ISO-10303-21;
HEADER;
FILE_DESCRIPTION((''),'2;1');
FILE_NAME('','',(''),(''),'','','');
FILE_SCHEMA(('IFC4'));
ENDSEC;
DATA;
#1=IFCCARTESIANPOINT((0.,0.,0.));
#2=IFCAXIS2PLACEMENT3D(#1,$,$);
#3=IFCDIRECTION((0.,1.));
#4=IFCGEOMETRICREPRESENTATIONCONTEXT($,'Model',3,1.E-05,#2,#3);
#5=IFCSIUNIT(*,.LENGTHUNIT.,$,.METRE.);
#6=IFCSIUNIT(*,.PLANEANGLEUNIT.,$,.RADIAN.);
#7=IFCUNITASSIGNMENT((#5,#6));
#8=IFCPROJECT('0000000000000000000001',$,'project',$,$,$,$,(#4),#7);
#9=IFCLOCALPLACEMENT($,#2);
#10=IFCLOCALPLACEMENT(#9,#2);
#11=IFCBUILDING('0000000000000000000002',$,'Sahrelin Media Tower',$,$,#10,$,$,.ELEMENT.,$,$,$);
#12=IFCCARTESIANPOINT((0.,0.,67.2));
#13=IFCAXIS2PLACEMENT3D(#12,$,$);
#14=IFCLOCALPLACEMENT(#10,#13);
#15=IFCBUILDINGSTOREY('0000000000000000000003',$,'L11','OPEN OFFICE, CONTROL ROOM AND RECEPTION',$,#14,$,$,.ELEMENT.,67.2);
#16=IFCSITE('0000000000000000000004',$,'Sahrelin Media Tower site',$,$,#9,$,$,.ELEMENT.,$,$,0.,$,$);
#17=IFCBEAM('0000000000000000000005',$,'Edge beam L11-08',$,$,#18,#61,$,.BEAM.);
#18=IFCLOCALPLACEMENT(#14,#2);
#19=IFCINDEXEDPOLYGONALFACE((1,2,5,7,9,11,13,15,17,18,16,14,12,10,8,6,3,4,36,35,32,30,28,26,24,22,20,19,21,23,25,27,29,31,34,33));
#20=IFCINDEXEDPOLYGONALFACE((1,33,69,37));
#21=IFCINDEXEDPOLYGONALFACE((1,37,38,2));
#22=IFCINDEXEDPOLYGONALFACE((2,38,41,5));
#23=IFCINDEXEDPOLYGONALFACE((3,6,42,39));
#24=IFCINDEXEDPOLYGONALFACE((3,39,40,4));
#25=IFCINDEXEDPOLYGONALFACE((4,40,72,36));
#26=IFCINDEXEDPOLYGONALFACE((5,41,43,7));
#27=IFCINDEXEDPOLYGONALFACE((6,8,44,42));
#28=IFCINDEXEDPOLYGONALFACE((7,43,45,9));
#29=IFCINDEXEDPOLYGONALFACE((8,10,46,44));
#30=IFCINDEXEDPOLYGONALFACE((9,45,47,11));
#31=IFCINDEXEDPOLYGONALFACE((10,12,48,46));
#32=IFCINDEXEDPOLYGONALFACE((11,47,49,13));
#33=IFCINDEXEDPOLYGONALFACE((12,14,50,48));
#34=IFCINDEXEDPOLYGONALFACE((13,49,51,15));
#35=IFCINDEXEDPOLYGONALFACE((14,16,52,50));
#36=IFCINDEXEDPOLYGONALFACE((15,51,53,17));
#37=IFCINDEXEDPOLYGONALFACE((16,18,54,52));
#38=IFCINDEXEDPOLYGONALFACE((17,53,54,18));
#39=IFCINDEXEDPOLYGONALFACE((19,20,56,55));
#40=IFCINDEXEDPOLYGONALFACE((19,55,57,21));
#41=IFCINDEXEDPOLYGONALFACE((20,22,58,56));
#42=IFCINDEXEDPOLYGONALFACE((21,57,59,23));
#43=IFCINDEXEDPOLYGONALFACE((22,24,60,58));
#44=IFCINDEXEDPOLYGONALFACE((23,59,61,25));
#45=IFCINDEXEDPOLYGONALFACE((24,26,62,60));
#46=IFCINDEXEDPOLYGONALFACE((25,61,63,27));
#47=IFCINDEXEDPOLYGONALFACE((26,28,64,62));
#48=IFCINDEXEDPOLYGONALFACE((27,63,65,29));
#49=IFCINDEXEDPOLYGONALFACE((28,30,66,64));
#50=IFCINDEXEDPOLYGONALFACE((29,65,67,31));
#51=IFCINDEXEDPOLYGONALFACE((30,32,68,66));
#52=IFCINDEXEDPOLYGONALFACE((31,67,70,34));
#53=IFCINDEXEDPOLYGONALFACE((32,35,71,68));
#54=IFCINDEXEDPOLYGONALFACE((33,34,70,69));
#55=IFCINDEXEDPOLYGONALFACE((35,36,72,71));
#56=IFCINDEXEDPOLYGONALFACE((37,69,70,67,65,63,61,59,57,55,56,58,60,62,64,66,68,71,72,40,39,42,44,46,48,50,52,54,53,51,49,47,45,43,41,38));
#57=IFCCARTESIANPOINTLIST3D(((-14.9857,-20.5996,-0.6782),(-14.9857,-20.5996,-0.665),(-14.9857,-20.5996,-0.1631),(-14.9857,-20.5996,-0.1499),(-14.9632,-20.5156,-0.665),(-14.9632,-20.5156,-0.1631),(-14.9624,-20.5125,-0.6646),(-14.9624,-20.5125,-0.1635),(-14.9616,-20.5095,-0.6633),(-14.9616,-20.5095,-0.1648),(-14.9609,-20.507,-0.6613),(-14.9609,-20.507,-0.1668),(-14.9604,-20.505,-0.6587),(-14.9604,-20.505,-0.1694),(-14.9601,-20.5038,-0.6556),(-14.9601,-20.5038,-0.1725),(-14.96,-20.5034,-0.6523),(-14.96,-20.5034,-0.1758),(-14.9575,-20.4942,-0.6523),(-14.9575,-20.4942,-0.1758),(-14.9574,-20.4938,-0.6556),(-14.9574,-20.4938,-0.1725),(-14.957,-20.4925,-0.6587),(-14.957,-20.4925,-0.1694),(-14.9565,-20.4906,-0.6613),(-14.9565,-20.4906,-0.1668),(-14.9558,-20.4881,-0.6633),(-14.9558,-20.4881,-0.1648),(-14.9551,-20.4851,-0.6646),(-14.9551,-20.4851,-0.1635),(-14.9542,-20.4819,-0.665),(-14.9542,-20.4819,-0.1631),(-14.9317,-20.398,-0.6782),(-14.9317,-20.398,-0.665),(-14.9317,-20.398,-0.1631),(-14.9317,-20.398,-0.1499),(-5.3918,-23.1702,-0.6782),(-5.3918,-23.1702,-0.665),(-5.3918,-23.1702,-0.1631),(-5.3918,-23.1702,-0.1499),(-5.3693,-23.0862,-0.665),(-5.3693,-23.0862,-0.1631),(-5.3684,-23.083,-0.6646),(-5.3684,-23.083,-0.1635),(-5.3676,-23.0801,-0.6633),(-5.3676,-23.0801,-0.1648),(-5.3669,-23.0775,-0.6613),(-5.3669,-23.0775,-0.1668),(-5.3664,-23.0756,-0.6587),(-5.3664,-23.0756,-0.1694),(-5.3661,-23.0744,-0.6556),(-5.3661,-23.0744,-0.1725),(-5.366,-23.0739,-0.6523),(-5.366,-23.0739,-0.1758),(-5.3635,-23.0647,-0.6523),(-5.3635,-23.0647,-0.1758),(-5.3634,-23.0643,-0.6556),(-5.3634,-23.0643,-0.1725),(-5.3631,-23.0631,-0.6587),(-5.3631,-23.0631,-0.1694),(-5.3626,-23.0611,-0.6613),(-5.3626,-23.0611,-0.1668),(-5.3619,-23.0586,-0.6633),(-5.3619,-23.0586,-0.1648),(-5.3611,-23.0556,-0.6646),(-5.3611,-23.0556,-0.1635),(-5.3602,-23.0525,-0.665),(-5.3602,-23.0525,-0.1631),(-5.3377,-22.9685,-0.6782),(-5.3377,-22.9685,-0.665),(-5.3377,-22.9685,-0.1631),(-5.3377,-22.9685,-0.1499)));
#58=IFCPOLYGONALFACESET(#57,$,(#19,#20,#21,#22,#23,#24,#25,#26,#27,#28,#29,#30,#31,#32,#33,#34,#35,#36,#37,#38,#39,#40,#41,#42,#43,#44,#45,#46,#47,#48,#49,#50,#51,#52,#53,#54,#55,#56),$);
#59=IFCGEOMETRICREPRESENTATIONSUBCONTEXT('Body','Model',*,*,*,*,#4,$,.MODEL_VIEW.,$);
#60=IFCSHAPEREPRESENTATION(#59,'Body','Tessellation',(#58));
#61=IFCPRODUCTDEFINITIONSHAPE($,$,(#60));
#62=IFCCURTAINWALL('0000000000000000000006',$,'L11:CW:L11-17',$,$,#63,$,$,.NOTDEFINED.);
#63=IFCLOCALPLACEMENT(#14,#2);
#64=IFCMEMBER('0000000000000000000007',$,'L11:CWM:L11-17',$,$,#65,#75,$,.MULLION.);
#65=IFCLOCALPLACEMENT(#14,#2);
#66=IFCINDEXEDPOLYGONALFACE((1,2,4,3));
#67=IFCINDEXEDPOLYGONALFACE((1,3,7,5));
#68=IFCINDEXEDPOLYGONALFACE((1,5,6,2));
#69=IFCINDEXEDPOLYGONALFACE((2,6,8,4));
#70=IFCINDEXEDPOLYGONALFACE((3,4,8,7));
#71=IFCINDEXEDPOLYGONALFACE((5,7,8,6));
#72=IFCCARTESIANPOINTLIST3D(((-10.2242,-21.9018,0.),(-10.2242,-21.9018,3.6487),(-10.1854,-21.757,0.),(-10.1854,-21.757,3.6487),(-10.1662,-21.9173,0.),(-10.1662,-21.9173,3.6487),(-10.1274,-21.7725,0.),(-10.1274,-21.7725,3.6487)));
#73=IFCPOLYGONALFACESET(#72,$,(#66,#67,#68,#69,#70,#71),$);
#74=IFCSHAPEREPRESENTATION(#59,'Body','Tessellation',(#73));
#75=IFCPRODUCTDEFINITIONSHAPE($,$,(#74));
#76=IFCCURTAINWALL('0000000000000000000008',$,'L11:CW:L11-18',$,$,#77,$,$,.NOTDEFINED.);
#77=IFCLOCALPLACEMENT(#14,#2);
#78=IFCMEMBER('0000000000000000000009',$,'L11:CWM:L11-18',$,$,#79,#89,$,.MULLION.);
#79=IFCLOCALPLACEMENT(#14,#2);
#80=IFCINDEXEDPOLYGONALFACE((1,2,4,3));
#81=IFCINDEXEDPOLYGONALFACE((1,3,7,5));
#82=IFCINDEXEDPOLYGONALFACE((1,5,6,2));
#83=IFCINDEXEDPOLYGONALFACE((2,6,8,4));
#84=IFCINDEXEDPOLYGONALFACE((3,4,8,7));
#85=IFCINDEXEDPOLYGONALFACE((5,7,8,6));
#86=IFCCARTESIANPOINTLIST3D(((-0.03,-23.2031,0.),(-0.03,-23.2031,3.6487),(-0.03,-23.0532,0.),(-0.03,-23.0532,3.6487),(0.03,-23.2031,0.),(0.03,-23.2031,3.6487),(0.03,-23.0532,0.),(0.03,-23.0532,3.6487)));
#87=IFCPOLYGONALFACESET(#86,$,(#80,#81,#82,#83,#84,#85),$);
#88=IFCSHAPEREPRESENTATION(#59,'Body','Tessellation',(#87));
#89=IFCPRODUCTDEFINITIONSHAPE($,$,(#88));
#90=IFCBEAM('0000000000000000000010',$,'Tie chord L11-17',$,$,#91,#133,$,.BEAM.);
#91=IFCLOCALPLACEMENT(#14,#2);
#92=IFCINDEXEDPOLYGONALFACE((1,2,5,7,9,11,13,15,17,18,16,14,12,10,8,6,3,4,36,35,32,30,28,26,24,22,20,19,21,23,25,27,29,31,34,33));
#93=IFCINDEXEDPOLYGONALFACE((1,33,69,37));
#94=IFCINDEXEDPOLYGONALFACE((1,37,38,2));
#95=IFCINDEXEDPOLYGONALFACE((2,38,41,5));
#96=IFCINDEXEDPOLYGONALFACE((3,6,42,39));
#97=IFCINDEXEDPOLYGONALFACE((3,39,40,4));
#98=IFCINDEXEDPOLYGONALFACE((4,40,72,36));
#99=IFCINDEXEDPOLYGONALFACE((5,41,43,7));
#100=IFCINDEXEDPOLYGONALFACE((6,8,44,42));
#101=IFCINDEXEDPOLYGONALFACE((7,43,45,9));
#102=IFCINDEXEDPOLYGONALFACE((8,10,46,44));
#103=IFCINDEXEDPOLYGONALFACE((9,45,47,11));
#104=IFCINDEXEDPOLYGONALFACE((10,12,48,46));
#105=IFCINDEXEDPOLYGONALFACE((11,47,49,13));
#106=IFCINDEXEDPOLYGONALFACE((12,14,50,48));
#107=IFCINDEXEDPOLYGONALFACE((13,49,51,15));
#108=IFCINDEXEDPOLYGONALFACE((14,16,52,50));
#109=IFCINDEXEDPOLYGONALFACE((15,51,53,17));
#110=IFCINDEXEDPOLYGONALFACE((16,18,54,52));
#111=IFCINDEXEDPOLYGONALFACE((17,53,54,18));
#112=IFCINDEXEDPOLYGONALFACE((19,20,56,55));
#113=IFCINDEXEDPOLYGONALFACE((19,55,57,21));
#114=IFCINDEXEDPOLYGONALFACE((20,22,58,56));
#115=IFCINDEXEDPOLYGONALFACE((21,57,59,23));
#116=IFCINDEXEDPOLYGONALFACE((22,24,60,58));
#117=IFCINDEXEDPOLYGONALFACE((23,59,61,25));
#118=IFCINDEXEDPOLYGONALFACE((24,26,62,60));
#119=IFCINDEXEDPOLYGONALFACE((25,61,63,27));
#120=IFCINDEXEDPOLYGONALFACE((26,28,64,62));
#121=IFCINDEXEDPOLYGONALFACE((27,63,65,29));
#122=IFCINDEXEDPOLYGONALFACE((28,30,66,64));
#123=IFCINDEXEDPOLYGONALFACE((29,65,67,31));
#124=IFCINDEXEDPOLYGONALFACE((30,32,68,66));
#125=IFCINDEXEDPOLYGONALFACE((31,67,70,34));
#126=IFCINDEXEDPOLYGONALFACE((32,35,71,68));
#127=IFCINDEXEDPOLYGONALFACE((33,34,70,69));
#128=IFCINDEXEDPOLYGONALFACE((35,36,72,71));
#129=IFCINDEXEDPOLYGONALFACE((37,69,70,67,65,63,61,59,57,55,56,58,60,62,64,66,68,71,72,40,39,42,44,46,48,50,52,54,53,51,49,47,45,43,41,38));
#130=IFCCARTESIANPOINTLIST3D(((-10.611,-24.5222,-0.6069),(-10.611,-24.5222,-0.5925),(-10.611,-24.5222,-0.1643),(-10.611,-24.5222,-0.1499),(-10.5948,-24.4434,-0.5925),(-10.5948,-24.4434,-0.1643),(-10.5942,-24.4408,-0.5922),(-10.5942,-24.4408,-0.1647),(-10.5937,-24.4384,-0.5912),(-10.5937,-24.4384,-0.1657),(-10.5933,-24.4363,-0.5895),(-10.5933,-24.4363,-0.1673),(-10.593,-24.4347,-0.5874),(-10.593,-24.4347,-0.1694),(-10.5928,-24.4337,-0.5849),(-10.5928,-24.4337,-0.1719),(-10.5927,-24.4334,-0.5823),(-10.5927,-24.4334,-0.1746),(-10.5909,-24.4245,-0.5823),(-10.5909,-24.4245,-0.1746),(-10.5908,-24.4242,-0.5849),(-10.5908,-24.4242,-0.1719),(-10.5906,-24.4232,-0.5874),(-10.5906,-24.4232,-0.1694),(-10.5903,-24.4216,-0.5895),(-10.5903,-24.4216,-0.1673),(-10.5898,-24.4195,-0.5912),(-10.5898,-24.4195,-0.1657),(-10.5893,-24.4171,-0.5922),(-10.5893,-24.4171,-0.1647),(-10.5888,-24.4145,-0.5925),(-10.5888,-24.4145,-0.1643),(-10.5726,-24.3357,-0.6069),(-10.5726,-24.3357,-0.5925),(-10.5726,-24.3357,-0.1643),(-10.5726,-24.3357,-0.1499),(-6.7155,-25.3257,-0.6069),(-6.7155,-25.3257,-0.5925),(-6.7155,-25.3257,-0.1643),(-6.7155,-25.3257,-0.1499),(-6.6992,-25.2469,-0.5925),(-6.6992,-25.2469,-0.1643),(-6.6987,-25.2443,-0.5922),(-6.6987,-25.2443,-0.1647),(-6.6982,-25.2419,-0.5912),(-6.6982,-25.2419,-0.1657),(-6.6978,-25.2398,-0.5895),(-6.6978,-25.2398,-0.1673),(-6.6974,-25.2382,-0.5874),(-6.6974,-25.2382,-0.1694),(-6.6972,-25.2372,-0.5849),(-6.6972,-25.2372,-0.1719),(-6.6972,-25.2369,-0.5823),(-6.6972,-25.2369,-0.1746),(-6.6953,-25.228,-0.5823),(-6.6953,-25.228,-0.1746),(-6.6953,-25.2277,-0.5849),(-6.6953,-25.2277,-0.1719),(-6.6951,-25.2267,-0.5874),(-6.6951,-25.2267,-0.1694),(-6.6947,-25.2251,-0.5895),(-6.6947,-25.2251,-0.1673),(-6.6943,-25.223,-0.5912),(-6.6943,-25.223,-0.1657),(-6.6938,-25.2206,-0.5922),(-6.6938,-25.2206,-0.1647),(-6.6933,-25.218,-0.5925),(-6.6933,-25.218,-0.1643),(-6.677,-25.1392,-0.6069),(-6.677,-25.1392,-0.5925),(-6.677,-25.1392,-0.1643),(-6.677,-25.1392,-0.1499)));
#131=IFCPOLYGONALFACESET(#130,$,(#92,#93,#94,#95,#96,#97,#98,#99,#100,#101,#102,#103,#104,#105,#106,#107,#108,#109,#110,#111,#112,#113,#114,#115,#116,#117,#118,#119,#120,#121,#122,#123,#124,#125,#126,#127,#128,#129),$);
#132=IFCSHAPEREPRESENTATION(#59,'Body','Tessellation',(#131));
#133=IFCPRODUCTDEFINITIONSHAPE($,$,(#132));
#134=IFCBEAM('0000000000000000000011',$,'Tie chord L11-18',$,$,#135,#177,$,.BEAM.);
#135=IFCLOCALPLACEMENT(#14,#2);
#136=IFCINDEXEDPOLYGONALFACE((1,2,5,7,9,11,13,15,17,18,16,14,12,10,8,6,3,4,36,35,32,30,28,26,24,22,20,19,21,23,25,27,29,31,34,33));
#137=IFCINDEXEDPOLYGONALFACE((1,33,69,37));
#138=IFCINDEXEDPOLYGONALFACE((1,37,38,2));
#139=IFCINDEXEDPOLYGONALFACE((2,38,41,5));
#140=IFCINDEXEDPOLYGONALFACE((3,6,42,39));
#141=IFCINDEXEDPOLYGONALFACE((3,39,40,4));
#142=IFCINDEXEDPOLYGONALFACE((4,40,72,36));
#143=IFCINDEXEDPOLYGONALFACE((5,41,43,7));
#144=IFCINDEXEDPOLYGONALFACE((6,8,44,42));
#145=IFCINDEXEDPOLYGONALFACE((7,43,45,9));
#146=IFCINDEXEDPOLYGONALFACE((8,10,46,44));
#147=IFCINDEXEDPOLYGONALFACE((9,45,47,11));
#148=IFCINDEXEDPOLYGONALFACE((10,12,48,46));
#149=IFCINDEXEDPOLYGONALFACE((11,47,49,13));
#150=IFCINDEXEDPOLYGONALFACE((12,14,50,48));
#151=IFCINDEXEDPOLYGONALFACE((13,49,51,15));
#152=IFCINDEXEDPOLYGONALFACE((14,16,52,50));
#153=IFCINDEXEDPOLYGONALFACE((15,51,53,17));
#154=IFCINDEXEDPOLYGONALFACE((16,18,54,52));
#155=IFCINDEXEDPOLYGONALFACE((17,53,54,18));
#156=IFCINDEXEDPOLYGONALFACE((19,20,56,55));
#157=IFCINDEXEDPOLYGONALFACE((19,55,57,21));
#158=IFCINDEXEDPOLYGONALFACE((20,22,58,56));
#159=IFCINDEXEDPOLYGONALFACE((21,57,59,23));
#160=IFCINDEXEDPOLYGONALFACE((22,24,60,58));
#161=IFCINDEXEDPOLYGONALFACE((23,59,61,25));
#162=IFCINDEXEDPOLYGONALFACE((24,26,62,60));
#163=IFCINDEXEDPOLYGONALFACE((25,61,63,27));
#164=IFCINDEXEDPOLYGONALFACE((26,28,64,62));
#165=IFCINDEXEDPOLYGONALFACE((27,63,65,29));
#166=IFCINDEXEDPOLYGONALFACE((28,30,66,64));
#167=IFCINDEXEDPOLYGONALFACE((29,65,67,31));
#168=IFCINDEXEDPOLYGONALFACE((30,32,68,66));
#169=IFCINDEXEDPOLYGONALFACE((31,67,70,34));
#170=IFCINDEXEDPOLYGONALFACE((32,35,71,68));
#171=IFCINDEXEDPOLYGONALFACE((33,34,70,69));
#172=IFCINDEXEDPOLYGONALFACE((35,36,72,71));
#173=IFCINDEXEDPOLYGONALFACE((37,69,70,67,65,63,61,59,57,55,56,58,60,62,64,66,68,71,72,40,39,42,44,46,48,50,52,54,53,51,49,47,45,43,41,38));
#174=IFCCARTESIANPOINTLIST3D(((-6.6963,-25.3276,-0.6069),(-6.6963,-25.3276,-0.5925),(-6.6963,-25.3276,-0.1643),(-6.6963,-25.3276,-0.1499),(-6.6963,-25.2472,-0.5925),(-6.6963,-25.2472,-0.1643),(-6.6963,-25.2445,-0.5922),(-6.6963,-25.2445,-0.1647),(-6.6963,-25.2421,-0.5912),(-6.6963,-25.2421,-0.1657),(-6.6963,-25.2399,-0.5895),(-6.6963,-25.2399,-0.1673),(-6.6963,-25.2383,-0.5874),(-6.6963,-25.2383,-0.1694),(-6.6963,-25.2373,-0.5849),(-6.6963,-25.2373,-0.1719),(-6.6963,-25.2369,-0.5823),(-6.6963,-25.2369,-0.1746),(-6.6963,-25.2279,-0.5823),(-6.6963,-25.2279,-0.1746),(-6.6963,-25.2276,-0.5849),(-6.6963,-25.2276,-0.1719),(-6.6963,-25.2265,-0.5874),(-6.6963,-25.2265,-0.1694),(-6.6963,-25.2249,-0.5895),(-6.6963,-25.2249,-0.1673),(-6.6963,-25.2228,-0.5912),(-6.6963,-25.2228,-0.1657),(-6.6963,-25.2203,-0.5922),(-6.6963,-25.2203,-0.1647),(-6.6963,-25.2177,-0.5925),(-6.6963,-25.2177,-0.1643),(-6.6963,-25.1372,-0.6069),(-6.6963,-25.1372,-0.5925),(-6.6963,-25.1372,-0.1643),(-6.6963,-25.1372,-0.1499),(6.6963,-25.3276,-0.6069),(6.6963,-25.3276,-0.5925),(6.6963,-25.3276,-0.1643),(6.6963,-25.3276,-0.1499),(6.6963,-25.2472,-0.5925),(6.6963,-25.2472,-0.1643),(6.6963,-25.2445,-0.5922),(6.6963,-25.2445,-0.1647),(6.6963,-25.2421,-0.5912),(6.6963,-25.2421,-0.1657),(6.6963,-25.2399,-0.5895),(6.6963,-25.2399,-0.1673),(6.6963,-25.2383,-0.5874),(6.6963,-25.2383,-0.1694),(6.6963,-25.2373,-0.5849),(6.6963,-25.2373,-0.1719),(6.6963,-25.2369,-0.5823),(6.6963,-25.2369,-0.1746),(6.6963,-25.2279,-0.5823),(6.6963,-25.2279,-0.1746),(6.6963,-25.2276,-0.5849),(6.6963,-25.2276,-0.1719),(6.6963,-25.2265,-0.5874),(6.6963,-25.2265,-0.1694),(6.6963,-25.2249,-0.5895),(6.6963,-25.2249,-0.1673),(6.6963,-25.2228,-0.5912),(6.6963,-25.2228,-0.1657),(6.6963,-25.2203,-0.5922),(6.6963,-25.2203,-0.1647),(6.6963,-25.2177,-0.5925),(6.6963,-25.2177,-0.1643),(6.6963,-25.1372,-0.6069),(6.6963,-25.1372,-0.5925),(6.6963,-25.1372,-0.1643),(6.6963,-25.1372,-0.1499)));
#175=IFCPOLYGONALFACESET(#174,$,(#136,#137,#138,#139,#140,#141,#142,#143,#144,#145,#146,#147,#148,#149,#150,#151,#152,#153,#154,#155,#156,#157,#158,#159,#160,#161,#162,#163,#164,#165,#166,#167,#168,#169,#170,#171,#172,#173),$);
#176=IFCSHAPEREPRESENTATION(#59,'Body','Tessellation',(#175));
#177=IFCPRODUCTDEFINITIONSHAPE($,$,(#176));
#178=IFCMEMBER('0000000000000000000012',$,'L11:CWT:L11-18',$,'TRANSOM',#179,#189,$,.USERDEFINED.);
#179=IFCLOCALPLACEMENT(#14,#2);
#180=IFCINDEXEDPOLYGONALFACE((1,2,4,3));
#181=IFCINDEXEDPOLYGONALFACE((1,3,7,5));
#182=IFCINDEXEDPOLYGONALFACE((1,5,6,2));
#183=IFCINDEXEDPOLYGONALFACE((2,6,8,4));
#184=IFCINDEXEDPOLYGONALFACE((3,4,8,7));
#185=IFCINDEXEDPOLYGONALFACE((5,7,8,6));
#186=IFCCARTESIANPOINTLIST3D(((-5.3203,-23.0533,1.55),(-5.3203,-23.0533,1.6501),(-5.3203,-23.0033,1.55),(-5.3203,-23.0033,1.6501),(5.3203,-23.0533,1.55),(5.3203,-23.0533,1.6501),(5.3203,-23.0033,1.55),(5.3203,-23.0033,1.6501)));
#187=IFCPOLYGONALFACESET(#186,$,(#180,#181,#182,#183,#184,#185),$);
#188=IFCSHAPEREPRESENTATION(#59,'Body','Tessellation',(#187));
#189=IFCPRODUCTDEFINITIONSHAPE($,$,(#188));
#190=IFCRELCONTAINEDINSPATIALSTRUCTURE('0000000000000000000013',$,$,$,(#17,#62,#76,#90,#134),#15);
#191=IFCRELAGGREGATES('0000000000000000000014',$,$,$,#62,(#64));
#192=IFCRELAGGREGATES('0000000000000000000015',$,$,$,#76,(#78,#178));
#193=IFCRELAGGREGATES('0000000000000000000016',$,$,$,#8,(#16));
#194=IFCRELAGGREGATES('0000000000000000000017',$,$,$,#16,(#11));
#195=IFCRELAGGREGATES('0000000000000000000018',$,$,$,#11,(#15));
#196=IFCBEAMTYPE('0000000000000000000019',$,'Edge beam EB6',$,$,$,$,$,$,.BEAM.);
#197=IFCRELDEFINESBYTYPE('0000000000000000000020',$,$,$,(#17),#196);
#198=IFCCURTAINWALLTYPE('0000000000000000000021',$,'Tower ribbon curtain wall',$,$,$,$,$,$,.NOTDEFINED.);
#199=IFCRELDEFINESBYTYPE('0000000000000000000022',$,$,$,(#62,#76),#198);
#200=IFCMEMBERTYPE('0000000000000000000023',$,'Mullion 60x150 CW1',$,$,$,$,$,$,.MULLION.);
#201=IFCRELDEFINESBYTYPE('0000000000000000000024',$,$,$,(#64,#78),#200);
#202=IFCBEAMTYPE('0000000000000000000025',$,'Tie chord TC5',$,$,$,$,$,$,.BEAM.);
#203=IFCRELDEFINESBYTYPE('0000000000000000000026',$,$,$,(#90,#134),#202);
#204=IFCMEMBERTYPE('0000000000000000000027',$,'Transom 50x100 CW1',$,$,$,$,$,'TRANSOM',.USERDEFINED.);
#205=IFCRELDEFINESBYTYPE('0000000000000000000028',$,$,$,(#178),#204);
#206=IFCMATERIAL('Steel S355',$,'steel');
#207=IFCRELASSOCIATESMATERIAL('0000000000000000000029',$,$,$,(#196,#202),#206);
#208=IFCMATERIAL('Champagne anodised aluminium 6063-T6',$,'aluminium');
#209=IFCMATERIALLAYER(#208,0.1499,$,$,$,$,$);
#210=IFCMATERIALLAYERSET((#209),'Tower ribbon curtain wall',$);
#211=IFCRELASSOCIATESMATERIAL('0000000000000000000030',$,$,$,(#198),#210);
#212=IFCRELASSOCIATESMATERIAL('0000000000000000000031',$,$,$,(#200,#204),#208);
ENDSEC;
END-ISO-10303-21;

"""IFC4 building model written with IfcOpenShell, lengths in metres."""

from ifc_helpers import new_model, si_unit, direction, frame, origin, origin_2d, place, context, subcontext, project, spatial, rectangle, i_section, extrude, material, layer, layer_set, material_profile, profile_set, type_object, element, aggregate, save


model = new_model("IFC4")

# Units and contexts
model_context = context("Model", 3, precision=1e-05, world=origin(), true_north=direction((0.0, 1.0)))
body_context = subcontext(model_context, "Body", "Model", "MODEL_VIEW")
ifc_project = project(units=[si_unit("LENGTHUNIT", "METRE"), si_unit("PLANEANGLEUNIT", "RADIAN")], contexts=[model_context])

# Site, building, storey
site_placement = place(None, origin())
site = spatial("IfcSite", under=ifc_project, at=site_placement, Name="Sahrelin Media Tower site", CompositionType="ELEMENT", RefElevation=0.0)
building_placement = place(site_placement, origin())
building = spatial("IfcBuilding", under=site, at=building_placement, Name="Sahrelin Media Tower", CompositionType="ELEMENT")
storey_placement = place(building_placement, frame((0.0, 0.0, 67.2)))
storey = spatial("IfcBuildingStorey", under=building, at=storey_placement, Name="L11", Description="OPEN OFFICE, CONTROL ROOM AND RECEPTION", CompositionType="ELEMENT", Elevation=67.2)

# Beam
ifc_material_1 = material(Name="Steel S355", Category="steel")
ifc_material_profile_1 = material_profile(ifc_material_1, i_section(OverallWidth=0.2087, OverallDepth=0.5283, WebThickness=0.0095, FlangeThickness=0.0132, FilletRadius=0.0127, at=origin_2d()), Name="UB 533x210x82")
ifc_profile_set_1 = profile_set([ifc_material_profile_1], Name="Steel S355")
beam_type_1 = type_object("IfcBeamType", Name="Edge beam EB6", PredefinedType="BEAM", material=ifc_profile_set_1)
beam_1_placement = place(storey_placement, frame((-5.3647, -23.0693, -0.4141), z_axis=(-0.96593, 0.258805, 0.0), x_axis=(-0.258805, -0.96593, 0.0)))
element("IfcBeam", 1, at=beam_1_placement, inside=storey, type_object=beam_type_1, Name="Edge beam L11-08", PredefinedType="BEAM", context=body_context, shape_type="SweptSolid", body=[
    extrude(i_section(OverallWidth=0.2087, OverallDepth=0.5283, WebThickness=0.0095, FlangeThickness=0.0132, FilletRadius=0.0127, at=origin_2d()), origin(), (0.0, 0.0, 1.0), 9.9324),
])

# Curtain walls, members
ifc_material_2 = material(Name="Champagne anodised aluminium 6063-T6", Category="aluminium")
ifc_layer_1 = layer(ifc_material_2, 0.1499)
ifc_layer_set_1 = layer_set([ifc_layer_1], Name="Tower ribbon curtain wall")
curtain_wall_type = type_object("IfcCurtainWallType", Name="Tower ribbon curtain wall", PredefinedType="NOTDEFINED", material=ifc_layer_set_1)
curtain_wall_1_placement = place(storey_placement, frame((-10.2004, -21.929, 0.0), z_axis=(0.0, 0.0, 1.0), x_axis=(1.0, 0.0, 0.0)))
curtain_wall_1 = element("IfcCurtainWall", 2, at=curtain_wall_1_placement, inside=storey, type_object=curtain_wall_type, Name="L11:CW:L11-17", PredefinedType="NOTDEFINED")
ifc_material_profile_2 = material_profile(ifc_material_2, rectangle(XDim=0.0601, YDim=0.1499, at=origin_2d()), Name="Mullion 60x150")
ifc_profile_set_2 = profile_set([ifc_material_profile_2], Name="Champagne anodised aluminium 6063-T6")
member_type_1 = type_object("IfcMemberType", Name="Mullion 60x150 CW1", PredefinedType="MULLION", material=ifc_profile_set_2)
member_1_placement = place(storey_placement, frame((-10.1758, -21.8372, 0.0), z_axis=(0.0, 0.0, 1.0), x_axis=(0.965927, -0.258816, 0.0)))
member_1 = element("IfcMember", 3, at=member_1_placement, type_object=member_type_1, Name="L11:CWM:L11-17", PredefinedType="MULLION", context=body_context, shape_type="SweptSolid", body=[
    extrude(rectangle(XDim=0.0601, YDim=0.1499, at=origin_2d()), origin(), (0.0, 0.0, 1.0), 3.6487),
])
curtain_wall_2_placement = place(storey_placement, frame((0.0, -23.2231, 0.0), z_axis=(0.0, 0.0, 1.0), x_axis=(1.0, 0.0, 0.0)))
curtain_wall_2 = element("IfcCurtainWall", 4, at=curtain_wall_2_placement, inside=storey, type_object=curtain_wall_type, Name="L11:CW:L11-18", PredefinedType="NOTDEFINED")
member_2_placement = place(storey_placement, frame((0.0, -23.1282, 0.0), z_axis=(0.0, 0.0, 1.0), x_axis=(1.0, 0.0, 0.0)))
member_2 = element("IfcMember", 5, at=member_2_placement, type_object=member_type_1, Name="L11:CWM:L11-18", PredefinedType="MULLION", context=body_context, shape_type="SweptSolid", body=[
    extrude(rectangle(XDim=0.0601, YDim=0.1499, at=origin_2d()), origin(), (0.0, 0.0, 1.0), 3.6487),
])

# Beams
ifc_material_profile_3 = material_profile(ifc_material_1, i_section(OverallWidth=0.1904, OverallDepth=0.457, WebThickness=0.009, FlangeThickness=0.0144, FilletRadius=0.0103, at=origin_2d()), Name="UB 457x191x74")
ifc_profile_set_3 = profile_set([ifc_material_profile_3], Name="Steel S355")
beam_type_2 = type_object("IfcBeamType", Name="Tie chord TC5", PredefinedType="BEAM", material=ifc_profile_set_3)
beam_2_placement = place(storey_placement, frame((-10.5918, -24.429, -0.3784), z_axis=(0.979385, -0.202003, 0.0), x_axis=(0.202003, 0.979385, 0.0)))
element("IfcBeam", 6, at=beam_2_placement, inside=storey, type_object=beam_type_2, Name="Tie chord L11-17", PredefinedType="BEAM", context=body_context, shape_type="SweptSolid", body=[
    extrude(i_section(OverallWidth=0.1904, OverallDepth=0.457, WebThickness=0.009, FlangeThickness=0.0144, FilletRadius=0.0103, at=origin_2d()), origin(), (0.0, 0.0, 1.0), 3.9775),
])
beam_3_placement = place(storey_placement, frame((-6.6963, -25.2324, -0.3784), z_axis=(1.0, 0.0, 0.0), x_axis=(0.0, 1.0, 0.0)))
element("IfcBeam", 7, at=beam_3_placement, inside=storey, type_object=beam_type_2, Name="Tie chord L11-18", PredefinedType="BEAM", context=body_context, shape_type="SweptSolid", body=[
    extrude(i_section(OverallWidth=0.1904, OverallDepth=0.457, WebThickness=0.009, FlangeThickness=0.0144, FilletRadius=0.0103, at=origin_2d()), origin(), (0.0, 0.0, 1.0), 13.3926),
])

# Member
ifc_material_profile_4 = material_profile(ifc_material_2, rectangle(XDim=0.05, YDim=0.1001, at=origin_2d()), Name="Transom 50x100")
ifc_profile_set_4 = profile_set([ifc_material_profile_4], Name="Champagne anodised aluminium 6063-T6")
member_type_2 = type_object("IfcMemberType", Name="Transom 50x100 CW1", ElementType="TRANSOM", PredefinedType="USERDEFINED", material=ifc_profile_set_4)
member_3_placement = place(storey_placement, frame((-5.3203, -23.0283, 1.6001), z_axis=(1.0, 0.0, 0.0), x_axis=(0.0, 1.0, 0.0)))
member_3 = element("IfcMember", 8, at=member_3_placement, type_object=member_type_2, Name="L11:CWT:L11-18", ObjectType="TRANSOM", PredefinedType="USERDEFINED", context=body_context, shape_type="SweptSolid", body=[
    extrude(rectangle(XDim=0.05, YDim=0.1001, at=origin_2d()), origin(), (0.0, 0.0, 1.0), 10.6406),
])

aggregate(curtain_wall_1, [member_1])
aggregate(curtain_wall_2, [member_2, member_3])

save(model, "model.ifc")
